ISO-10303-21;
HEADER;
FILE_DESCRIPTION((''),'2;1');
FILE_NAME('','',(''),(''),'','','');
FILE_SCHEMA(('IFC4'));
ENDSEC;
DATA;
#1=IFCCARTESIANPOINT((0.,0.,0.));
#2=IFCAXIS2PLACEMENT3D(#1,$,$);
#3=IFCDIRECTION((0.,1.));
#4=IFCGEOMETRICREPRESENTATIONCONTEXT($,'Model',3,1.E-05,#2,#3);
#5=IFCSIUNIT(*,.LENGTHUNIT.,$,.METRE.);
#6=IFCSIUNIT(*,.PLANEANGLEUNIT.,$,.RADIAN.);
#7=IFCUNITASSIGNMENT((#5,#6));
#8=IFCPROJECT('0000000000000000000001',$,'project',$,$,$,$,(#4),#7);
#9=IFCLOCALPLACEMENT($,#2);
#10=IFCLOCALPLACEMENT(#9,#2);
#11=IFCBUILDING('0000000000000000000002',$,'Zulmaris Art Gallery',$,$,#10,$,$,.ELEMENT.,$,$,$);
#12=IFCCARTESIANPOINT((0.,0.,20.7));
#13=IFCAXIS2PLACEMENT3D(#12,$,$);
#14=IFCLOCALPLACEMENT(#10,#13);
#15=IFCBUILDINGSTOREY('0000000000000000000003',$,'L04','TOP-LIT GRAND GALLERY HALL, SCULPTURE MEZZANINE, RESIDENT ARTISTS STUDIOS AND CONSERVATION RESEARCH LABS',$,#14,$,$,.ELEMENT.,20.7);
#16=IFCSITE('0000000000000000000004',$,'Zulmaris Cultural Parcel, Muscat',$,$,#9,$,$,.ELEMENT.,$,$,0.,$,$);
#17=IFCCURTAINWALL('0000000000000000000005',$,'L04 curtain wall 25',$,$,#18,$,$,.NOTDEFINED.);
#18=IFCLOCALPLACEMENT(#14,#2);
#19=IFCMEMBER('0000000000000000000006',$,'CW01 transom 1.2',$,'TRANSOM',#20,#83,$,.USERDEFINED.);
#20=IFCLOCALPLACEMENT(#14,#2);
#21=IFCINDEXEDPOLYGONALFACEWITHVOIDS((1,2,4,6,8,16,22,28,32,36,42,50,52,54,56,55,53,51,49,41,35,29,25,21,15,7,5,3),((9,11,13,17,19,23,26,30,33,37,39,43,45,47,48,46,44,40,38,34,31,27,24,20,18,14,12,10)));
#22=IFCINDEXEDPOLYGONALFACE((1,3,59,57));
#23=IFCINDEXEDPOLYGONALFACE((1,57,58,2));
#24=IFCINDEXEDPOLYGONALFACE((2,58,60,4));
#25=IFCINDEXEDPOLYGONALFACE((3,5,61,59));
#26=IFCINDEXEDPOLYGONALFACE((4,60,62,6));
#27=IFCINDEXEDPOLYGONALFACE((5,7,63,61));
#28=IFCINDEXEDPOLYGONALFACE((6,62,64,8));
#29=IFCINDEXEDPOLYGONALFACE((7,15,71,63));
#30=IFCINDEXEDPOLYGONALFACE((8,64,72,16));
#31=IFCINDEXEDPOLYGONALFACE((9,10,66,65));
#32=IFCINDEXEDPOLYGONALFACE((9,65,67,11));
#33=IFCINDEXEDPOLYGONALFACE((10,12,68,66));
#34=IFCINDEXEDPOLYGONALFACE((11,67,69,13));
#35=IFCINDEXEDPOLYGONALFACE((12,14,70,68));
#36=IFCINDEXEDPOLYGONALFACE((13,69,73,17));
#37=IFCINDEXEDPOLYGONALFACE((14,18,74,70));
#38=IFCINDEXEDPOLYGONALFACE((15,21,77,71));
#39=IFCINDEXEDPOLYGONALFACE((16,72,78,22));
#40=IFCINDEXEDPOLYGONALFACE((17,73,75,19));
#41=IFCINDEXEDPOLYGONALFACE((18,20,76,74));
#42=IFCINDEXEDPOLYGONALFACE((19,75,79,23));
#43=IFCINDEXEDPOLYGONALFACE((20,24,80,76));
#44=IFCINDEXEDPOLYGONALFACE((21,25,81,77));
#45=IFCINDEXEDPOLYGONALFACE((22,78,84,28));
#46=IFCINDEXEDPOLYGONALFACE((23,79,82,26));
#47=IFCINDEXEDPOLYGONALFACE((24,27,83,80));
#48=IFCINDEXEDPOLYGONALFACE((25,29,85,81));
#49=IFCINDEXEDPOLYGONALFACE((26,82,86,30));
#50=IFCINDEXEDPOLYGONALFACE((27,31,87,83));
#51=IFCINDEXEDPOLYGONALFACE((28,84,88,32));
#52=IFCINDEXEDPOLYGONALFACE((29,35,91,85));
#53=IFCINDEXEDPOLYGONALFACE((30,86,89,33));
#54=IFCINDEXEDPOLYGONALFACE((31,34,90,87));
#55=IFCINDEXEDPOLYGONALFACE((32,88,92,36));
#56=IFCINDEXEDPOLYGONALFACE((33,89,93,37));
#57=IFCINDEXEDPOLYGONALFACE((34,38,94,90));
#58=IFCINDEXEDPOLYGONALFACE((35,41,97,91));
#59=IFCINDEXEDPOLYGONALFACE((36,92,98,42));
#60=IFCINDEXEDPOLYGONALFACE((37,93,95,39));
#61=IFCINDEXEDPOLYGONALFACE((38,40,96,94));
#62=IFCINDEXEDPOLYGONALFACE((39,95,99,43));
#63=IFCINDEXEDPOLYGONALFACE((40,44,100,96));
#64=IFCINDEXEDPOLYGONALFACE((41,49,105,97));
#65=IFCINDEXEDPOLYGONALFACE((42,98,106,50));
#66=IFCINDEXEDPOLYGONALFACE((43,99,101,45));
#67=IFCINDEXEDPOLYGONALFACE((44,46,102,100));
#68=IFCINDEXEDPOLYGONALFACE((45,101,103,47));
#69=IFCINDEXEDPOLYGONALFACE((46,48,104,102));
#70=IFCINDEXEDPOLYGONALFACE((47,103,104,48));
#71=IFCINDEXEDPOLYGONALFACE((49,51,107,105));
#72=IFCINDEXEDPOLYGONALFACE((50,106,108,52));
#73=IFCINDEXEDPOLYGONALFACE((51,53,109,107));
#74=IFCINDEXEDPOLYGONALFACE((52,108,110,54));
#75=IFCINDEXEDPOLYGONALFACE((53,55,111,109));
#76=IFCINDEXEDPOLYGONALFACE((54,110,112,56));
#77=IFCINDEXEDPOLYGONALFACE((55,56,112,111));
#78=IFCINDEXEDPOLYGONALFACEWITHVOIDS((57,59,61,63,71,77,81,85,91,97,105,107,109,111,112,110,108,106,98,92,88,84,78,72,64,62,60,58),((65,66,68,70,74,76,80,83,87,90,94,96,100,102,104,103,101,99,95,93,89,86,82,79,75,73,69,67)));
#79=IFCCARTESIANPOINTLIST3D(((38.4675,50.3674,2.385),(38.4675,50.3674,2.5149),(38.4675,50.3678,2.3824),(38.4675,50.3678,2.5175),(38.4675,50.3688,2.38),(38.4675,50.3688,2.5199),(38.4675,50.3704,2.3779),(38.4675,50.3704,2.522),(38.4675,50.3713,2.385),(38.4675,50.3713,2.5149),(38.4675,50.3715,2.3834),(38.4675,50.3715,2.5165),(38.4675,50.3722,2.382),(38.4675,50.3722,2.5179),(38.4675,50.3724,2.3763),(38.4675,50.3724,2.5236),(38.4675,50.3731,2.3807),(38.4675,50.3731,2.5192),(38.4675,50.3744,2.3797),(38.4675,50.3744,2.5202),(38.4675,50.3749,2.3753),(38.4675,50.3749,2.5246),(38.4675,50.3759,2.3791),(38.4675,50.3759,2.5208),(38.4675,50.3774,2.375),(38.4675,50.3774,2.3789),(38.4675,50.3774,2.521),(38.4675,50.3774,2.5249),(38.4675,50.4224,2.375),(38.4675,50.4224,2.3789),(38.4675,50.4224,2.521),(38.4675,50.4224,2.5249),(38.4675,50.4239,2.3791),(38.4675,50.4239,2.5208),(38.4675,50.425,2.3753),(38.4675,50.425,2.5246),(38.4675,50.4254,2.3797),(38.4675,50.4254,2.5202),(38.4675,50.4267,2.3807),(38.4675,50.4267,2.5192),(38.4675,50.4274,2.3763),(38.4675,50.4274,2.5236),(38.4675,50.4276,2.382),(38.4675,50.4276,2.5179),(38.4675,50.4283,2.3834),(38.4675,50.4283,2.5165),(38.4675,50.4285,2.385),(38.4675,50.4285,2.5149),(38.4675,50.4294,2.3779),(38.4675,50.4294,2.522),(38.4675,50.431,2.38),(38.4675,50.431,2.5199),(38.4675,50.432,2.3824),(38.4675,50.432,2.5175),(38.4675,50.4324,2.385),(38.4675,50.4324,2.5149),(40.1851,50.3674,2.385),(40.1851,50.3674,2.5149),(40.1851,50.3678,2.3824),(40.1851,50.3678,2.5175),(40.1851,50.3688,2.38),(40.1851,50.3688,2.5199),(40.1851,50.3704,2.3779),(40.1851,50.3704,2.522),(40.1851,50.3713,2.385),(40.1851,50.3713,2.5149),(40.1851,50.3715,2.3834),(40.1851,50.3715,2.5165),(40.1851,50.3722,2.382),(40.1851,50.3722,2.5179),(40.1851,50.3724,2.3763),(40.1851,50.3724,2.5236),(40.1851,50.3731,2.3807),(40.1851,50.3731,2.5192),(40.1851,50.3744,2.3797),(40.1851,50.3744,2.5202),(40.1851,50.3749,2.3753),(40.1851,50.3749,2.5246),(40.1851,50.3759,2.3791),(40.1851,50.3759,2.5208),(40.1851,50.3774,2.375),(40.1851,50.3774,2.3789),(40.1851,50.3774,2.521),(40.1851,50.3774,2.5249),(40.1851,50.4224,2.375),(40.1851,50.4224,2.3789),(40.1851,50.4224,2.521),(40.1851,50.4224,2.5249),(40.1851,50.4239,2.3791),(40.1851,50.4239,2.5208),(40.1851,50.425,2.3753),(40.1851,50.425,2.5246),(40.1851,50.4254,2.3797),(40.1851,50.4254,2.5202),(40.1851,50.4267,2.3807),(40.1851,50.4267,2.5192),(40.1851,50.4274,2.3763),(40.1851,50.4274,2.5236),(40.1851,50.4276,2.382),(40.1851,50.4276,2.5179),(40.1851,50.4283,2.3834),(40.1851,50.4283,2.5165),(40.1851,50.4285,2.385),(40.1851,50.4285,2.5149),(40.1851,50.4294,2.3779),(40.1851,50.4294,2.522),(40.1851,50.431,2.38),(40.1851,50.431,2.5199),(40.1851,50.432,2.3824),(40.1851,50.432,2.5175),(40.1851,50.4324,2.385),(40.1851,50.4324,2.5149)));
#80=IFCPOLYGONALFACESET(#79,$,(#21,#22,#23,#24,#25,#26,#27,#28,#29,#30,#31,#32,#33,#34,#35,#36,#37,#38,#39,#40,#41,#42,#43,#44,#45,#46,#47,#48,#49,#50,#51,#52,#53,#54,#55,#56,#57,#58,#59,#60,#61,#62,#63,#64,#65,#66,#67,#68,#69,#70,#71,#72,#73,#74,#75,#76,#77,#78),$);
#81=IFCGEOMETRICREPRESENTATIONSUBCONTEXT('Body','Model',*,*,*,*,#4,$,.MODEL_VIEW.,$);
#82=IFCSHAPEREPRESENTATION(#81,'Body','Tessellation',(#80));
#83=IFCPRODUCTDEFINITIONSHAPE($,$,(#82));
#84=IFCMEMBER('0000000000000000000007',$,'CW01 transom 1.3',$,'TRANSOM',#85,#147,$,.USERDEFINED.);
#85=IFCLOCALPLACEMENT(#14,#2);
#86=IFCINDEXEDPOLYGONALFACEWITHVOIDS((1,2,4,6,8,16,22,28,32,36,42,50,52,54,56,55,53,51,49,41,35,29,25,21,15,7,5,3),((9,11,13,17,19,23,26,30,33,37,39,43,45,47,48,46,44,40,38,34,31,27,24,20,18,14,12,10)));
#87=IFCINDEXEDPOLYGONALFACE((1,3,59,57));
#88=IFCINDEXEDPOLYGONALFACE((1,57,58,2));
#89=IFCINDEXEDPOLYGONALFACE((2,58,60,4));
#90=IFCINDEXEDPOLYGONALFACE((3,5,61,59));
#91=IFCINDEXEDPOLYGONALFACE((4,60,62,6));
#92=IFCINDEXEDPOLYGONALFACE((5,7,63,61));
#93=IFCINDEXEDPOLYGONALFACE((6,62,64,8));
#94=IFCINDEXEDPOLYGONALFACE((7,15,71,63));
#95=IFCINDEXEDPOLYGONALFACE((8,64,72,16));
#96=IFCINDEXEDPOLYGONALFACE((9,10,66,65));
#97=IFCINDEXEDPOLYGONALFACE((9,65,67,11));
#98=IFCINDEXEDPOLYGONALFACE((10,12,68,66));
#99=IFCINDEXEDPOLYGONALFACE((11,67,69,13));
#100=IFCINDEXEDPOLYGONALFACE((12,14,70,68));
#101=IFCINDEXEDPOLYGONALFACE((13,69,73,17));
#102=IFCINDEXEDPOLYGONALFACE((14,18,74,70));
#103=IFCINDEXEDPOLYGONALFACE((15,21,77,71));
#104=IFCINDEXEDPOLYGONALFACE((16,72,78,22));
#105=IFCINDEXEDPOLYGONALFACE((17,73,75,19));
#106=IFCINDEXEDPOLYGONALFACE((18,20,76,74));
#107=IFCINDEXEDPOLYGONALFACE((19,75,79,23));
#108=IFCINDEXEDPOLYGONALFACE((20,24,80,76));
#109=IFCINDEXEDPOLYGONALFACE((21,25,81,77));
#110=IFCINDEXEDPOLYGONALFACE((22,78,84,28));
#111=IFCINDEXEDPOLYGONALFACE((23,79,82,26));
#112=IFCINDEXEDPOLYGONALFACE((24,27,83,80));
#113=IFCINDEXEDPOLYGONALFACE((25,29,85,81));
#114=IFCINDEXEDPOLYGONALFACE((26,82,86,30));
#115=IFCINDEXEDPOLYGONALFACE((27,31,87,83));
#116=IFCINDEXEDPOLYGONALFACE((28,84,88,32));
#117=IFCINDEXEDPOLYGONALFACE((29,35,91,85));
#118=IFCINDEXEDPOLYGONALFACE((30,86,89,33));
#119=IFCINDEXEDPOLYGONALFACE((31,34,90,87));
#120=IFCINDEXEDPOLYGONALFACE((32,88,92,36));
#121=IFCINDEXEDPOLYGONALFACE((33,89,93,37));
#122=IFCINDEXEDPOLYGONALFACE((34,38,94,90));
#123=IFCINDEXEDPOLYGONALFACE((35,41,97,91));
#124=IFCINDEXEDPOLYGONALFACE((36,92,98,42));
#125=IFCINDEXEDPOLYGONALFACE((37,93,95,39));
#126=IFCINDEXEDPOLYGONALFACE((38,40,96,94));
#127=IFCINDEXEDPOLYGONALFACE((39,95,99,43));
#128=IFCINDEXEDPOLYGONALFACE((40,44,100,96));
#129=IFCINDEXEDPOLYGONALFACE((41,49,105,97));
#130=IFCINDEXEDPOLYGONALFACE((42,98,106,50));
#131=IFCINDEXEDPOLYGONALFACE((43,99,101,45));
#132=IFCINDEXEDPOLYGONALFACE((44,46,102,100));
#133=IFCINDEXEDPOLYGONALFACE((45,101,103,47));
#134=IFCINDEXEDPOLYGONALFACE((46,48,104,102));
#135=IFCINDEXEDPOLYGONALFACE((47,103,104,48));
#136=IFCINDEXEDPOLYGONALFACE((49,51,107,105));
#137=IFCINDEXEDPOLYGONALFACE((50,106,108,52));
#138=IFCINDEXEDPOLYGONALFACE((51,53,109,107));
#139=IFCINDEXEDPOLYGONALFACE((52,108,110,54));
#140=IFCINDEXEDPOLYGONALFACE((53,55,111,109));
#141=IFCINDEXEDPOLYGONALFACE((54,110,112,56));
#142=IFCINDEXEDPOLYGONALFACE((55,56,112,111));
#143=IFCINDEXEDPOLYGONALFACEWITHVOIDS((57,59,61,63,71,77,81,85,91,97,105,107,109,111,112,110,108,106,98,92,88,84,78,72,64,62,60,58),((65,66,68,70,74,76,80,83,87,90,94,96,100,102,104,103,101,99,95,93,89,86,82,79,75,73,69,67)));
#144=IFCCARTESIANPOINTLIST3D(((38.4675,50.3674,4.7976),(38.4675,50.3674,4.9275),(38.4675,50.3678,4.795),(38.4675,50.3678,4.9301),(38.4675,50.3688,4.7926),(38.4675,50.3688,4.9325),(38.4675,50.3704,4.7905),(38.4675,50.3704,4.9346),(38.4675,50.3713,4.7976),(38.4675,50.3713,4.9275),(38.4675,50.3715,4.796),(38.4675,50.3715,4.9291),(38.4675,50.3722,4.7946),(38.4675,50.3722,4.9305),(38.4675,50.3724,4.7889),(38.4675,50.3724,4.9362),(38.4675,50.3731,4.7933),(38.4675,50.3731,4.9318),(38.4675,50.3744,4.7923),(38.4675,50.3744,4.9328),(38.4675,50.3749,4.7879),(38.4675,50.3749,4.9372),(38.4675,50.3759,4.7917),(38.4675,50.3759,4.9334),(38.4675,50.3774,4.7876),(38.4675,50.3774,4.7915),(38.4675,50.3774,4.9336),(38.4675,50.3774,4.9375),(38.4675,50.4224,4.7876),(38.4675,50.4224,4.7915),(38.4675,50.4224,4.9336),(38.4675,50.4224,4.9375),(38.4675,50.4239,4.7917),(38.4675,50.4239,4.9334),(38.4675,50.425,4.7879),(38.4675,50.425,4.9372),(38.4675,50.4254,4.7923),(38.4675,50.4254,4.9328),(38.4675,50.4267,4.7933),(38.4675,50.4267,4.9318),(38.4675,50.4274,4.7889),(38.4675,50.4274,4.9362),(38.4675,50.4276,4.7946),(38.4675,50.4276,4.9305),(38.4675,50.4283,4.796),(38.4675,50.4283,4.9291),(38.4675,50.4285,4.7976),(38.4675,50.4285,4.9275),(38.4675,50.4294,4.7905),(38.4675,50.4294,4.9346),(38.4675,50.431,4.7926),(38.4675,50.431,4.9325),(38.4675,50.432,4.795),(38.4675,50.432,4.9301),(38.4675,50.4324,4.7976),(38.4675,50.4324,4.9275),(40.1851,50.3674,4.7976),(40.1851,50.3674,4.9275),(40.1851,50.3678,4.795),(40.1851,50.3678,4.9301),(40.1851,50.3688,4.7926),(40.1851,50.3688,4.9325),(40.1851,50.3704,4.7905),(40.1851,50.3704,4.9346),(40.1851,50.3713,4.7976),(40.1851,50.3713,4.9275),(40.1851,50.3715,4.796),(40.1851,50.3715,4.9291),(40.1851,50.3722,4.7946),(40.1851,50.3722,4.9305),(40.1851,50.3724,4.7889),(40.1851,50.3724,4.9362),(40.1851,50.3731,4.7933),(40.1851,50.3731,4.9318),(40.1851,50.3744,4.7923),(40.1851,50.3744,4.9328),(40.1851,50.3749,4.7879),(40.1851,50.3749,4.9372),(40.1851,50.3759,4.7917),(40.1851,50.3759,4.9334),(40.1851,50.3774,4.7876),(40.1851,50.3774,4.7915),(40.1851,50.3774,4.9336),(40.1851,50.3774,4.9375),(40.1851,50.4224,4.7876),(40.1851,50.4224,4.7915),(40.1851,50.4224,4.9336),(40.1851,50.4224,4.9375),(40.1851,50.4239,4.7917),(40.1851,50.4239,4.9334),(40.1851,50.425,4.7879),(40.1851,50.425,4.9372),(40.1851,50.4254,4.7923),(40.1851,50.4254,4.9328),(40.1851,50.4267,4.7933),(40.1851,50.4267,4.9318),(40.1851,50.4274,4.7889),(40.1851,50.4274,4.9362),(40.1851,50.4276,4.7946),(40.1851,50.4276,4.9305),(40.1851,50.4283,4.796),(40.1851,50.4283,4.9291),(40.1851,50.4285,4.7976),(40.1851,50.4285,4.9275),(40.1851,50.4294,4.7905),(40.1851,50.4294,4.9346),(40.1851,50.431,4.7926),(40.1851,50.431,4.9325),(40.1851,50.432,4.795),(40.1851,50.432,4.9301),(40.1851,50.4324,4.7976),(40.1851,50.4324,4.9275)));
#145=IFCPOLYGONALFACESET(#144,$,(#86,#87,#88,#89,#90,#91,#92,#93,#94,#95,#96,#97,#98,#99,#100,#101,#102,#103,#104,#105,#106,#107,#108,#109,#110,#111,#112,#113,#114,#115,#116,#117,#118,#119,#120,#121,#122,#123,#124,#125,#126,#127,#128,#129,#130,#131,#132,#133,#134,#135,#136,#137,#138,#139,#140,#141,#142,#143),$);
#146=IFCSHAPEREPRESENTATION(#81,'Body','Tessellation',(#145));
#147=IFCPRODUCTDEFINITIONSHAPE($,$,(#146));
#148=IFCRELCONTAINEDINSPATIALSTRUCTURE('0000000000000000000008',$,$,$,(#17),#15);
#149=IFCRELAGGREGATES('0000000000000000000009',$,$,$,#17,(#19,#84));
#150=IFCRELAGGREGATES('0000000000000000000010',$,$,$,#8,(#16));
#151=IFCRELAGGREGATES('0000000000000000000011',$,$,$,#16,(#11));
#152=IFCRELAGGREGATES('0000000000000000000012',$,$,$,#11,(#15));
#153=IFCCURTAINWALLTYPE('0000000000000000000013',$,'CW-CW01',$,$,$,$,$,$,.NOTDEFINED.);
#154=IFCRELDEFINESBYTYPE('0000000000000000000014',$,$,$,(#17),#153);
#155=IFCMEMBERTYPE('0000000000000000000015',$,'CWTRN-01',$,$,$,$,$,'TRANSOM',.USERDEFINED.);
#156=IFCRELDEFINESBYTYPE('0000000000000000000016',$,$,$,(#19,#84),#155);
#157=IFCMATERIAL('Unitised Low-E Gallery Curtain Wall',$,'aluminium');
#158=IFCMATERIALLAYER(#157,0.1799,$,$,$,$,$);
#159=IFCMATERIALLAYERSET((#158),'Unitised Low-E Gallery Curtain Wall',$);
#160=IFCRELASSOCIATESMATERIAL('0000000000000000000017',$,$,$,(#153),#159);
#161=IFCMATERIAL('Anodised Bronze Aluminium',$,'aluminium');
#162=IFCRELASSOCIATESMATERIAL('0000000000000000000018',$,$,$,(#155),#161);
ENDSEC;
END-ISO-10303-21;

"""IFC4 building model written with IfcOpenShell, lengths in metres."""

from ifc_helpers import new_model, si_unit, direction, frame, origin, origin_2d, place, context, subcontext, project, spatial, hollow_rectangle, extrude, material, layer, layer_set, material_profile, profile_set, type_object, element, aggregate, save


model = new_model("IFC4")

# Units and contexts
model_context = context("Model", 3, precision=1e-05, world=origin(), true_north=direction((0.0, 1.0)))
body_context = subcontext(model_context, "Body", "Model", "MODEL_VIEW")
ifc_project = project(units=[si_unit("LENGTHUNIT", "METRE"), si_unit("PLANEANGLEUNIT", "RADIAN")], contexts=[model_context])

# Site, building, storey
site_placement = place(None, origin())
site = spatial("IfcSite", under=ifc_project, at=site_placement, Name="Zulmaris Cultural Parcel, Muscat", CompositionType="ELEMENT", RefElevation=0.0)
building_placement = place(site_placement, origin())
building = spatial("IfcBuilding", under=site, at=building_placement, Name="Zulmaris Art Gallery", CompositionType="ELEMENT")
storey_placement = place(building_placement, frame((0.0, 0.0, 20.7)))
storey = spatial("IfcBuildingStorey", under=building, at=storey_placement, Name="L04", Description="TOP-LIT GRAND GALLERY HALL, SCULPTURE MEZZANINE, RESIDENT ARTISTS STUDIOS AND CONSERVATION RESEARCH LABS", CompositionType="ELEMENT", Elevation=20.7)

# Curtain wall, members
ifc_material_1 = material(Name="Unitised Low-E Gallery Curtain Wall", Category="aluminium")
ifc_layer_1 = layer(ifc_material_1, 0.1799)
ifc_layer_set_1 = layer_set([ifc_layer_1], Name="Unitised Low-E Gallery Curtain Wall")
curtain_wall_type = type_object("IfcCurtainWallType", Name="CW-CW01", PredefinedType="NOTDEFINED", material=ifc_layer_set_1)
curtain_wall_placement = place(storey_placement, origin())
curtain_wall = element("IfcCurtainWall", 1, at=curtain_wall_placement, inside=storey, type_object=curtain_wall_type, Name="L04 curtain wall 25", PredefinedType="NOTDEFINED")
ifc_material_2 = material(Name="Anodised Bronze Aluminium", Category="aluminium")
ifc_material_profile_1 = material_profile(ifc_material_2, hollow_rectangle(XDim=0.0649, YDim=0.1499, WallThickness=0.0039, InnerFilletRadius=0.0061, OuterFilletRadius=0.01, at=origin_2d()), Name="ALU 65x150x4")
ifc_profile_set_1 = profile_set([ifc_material_profile_1], Name="Anodised Bronze Aluminium")
member_type_1 = type_object("IfcMemberType", Name="CWTRN-01", ElementType="TRANSOM", PredefinedType="USERDEFINED", material=ifc_profile_set_1)
member_1_placement = place(storey_placement, frame((40.1851, 50.3999, 2.45), z_axis=(-1.0, 0.0, 0.0), x_axis=(0.0, -1.0, 0.0)))
member_1 = element("IfcMember", 2, at=member_1_placement, type_object=member_type_1, Name="CW01 transom 1.2", ObjectType="TRANSOM", PredefinedType="USERDEFINED", context=body_context, shape_type="SweptSolid", body=[
    extrude(hollow_rectangle(XDim=0.0649, YDim=0.1499, WallThickness=0.0039, InnerFilletRadius=0.0061, OuterFilletRadius=0.01, at=origin_2d()), origin(), (0.0, 0.0, 1.0), 1.7175),
])
member_2_placement = place(storey_placement, frame((40.1851, 50.3999, 4.8625), z_axis=(-1.0, 0.0, 0.0), x_axis=(0.0, -1.0, 0.0)))
member_2 = element("IfcMember", 3, at=member_2_placement, type_object=member_type_1, Name="CW01 transom 1.3", ObjectType="TRANSOM", PredefinedType="USERDEFINED", context=body_context, shape_type="SweptSolid", body=[
    extrude(hollow_rectangle(XDim=0.0649, YDim=0.1499, WallThickness=0.0039, InnerFilletRadius=0.0061, OuterFilletRadius=0.01, at=origin_2d()), origin(), (0.0, 0.0, 1.0), 1.7175),
])
aggregate(curtain_wall, [member_1, member_2])

save(model, "model.ifc")
